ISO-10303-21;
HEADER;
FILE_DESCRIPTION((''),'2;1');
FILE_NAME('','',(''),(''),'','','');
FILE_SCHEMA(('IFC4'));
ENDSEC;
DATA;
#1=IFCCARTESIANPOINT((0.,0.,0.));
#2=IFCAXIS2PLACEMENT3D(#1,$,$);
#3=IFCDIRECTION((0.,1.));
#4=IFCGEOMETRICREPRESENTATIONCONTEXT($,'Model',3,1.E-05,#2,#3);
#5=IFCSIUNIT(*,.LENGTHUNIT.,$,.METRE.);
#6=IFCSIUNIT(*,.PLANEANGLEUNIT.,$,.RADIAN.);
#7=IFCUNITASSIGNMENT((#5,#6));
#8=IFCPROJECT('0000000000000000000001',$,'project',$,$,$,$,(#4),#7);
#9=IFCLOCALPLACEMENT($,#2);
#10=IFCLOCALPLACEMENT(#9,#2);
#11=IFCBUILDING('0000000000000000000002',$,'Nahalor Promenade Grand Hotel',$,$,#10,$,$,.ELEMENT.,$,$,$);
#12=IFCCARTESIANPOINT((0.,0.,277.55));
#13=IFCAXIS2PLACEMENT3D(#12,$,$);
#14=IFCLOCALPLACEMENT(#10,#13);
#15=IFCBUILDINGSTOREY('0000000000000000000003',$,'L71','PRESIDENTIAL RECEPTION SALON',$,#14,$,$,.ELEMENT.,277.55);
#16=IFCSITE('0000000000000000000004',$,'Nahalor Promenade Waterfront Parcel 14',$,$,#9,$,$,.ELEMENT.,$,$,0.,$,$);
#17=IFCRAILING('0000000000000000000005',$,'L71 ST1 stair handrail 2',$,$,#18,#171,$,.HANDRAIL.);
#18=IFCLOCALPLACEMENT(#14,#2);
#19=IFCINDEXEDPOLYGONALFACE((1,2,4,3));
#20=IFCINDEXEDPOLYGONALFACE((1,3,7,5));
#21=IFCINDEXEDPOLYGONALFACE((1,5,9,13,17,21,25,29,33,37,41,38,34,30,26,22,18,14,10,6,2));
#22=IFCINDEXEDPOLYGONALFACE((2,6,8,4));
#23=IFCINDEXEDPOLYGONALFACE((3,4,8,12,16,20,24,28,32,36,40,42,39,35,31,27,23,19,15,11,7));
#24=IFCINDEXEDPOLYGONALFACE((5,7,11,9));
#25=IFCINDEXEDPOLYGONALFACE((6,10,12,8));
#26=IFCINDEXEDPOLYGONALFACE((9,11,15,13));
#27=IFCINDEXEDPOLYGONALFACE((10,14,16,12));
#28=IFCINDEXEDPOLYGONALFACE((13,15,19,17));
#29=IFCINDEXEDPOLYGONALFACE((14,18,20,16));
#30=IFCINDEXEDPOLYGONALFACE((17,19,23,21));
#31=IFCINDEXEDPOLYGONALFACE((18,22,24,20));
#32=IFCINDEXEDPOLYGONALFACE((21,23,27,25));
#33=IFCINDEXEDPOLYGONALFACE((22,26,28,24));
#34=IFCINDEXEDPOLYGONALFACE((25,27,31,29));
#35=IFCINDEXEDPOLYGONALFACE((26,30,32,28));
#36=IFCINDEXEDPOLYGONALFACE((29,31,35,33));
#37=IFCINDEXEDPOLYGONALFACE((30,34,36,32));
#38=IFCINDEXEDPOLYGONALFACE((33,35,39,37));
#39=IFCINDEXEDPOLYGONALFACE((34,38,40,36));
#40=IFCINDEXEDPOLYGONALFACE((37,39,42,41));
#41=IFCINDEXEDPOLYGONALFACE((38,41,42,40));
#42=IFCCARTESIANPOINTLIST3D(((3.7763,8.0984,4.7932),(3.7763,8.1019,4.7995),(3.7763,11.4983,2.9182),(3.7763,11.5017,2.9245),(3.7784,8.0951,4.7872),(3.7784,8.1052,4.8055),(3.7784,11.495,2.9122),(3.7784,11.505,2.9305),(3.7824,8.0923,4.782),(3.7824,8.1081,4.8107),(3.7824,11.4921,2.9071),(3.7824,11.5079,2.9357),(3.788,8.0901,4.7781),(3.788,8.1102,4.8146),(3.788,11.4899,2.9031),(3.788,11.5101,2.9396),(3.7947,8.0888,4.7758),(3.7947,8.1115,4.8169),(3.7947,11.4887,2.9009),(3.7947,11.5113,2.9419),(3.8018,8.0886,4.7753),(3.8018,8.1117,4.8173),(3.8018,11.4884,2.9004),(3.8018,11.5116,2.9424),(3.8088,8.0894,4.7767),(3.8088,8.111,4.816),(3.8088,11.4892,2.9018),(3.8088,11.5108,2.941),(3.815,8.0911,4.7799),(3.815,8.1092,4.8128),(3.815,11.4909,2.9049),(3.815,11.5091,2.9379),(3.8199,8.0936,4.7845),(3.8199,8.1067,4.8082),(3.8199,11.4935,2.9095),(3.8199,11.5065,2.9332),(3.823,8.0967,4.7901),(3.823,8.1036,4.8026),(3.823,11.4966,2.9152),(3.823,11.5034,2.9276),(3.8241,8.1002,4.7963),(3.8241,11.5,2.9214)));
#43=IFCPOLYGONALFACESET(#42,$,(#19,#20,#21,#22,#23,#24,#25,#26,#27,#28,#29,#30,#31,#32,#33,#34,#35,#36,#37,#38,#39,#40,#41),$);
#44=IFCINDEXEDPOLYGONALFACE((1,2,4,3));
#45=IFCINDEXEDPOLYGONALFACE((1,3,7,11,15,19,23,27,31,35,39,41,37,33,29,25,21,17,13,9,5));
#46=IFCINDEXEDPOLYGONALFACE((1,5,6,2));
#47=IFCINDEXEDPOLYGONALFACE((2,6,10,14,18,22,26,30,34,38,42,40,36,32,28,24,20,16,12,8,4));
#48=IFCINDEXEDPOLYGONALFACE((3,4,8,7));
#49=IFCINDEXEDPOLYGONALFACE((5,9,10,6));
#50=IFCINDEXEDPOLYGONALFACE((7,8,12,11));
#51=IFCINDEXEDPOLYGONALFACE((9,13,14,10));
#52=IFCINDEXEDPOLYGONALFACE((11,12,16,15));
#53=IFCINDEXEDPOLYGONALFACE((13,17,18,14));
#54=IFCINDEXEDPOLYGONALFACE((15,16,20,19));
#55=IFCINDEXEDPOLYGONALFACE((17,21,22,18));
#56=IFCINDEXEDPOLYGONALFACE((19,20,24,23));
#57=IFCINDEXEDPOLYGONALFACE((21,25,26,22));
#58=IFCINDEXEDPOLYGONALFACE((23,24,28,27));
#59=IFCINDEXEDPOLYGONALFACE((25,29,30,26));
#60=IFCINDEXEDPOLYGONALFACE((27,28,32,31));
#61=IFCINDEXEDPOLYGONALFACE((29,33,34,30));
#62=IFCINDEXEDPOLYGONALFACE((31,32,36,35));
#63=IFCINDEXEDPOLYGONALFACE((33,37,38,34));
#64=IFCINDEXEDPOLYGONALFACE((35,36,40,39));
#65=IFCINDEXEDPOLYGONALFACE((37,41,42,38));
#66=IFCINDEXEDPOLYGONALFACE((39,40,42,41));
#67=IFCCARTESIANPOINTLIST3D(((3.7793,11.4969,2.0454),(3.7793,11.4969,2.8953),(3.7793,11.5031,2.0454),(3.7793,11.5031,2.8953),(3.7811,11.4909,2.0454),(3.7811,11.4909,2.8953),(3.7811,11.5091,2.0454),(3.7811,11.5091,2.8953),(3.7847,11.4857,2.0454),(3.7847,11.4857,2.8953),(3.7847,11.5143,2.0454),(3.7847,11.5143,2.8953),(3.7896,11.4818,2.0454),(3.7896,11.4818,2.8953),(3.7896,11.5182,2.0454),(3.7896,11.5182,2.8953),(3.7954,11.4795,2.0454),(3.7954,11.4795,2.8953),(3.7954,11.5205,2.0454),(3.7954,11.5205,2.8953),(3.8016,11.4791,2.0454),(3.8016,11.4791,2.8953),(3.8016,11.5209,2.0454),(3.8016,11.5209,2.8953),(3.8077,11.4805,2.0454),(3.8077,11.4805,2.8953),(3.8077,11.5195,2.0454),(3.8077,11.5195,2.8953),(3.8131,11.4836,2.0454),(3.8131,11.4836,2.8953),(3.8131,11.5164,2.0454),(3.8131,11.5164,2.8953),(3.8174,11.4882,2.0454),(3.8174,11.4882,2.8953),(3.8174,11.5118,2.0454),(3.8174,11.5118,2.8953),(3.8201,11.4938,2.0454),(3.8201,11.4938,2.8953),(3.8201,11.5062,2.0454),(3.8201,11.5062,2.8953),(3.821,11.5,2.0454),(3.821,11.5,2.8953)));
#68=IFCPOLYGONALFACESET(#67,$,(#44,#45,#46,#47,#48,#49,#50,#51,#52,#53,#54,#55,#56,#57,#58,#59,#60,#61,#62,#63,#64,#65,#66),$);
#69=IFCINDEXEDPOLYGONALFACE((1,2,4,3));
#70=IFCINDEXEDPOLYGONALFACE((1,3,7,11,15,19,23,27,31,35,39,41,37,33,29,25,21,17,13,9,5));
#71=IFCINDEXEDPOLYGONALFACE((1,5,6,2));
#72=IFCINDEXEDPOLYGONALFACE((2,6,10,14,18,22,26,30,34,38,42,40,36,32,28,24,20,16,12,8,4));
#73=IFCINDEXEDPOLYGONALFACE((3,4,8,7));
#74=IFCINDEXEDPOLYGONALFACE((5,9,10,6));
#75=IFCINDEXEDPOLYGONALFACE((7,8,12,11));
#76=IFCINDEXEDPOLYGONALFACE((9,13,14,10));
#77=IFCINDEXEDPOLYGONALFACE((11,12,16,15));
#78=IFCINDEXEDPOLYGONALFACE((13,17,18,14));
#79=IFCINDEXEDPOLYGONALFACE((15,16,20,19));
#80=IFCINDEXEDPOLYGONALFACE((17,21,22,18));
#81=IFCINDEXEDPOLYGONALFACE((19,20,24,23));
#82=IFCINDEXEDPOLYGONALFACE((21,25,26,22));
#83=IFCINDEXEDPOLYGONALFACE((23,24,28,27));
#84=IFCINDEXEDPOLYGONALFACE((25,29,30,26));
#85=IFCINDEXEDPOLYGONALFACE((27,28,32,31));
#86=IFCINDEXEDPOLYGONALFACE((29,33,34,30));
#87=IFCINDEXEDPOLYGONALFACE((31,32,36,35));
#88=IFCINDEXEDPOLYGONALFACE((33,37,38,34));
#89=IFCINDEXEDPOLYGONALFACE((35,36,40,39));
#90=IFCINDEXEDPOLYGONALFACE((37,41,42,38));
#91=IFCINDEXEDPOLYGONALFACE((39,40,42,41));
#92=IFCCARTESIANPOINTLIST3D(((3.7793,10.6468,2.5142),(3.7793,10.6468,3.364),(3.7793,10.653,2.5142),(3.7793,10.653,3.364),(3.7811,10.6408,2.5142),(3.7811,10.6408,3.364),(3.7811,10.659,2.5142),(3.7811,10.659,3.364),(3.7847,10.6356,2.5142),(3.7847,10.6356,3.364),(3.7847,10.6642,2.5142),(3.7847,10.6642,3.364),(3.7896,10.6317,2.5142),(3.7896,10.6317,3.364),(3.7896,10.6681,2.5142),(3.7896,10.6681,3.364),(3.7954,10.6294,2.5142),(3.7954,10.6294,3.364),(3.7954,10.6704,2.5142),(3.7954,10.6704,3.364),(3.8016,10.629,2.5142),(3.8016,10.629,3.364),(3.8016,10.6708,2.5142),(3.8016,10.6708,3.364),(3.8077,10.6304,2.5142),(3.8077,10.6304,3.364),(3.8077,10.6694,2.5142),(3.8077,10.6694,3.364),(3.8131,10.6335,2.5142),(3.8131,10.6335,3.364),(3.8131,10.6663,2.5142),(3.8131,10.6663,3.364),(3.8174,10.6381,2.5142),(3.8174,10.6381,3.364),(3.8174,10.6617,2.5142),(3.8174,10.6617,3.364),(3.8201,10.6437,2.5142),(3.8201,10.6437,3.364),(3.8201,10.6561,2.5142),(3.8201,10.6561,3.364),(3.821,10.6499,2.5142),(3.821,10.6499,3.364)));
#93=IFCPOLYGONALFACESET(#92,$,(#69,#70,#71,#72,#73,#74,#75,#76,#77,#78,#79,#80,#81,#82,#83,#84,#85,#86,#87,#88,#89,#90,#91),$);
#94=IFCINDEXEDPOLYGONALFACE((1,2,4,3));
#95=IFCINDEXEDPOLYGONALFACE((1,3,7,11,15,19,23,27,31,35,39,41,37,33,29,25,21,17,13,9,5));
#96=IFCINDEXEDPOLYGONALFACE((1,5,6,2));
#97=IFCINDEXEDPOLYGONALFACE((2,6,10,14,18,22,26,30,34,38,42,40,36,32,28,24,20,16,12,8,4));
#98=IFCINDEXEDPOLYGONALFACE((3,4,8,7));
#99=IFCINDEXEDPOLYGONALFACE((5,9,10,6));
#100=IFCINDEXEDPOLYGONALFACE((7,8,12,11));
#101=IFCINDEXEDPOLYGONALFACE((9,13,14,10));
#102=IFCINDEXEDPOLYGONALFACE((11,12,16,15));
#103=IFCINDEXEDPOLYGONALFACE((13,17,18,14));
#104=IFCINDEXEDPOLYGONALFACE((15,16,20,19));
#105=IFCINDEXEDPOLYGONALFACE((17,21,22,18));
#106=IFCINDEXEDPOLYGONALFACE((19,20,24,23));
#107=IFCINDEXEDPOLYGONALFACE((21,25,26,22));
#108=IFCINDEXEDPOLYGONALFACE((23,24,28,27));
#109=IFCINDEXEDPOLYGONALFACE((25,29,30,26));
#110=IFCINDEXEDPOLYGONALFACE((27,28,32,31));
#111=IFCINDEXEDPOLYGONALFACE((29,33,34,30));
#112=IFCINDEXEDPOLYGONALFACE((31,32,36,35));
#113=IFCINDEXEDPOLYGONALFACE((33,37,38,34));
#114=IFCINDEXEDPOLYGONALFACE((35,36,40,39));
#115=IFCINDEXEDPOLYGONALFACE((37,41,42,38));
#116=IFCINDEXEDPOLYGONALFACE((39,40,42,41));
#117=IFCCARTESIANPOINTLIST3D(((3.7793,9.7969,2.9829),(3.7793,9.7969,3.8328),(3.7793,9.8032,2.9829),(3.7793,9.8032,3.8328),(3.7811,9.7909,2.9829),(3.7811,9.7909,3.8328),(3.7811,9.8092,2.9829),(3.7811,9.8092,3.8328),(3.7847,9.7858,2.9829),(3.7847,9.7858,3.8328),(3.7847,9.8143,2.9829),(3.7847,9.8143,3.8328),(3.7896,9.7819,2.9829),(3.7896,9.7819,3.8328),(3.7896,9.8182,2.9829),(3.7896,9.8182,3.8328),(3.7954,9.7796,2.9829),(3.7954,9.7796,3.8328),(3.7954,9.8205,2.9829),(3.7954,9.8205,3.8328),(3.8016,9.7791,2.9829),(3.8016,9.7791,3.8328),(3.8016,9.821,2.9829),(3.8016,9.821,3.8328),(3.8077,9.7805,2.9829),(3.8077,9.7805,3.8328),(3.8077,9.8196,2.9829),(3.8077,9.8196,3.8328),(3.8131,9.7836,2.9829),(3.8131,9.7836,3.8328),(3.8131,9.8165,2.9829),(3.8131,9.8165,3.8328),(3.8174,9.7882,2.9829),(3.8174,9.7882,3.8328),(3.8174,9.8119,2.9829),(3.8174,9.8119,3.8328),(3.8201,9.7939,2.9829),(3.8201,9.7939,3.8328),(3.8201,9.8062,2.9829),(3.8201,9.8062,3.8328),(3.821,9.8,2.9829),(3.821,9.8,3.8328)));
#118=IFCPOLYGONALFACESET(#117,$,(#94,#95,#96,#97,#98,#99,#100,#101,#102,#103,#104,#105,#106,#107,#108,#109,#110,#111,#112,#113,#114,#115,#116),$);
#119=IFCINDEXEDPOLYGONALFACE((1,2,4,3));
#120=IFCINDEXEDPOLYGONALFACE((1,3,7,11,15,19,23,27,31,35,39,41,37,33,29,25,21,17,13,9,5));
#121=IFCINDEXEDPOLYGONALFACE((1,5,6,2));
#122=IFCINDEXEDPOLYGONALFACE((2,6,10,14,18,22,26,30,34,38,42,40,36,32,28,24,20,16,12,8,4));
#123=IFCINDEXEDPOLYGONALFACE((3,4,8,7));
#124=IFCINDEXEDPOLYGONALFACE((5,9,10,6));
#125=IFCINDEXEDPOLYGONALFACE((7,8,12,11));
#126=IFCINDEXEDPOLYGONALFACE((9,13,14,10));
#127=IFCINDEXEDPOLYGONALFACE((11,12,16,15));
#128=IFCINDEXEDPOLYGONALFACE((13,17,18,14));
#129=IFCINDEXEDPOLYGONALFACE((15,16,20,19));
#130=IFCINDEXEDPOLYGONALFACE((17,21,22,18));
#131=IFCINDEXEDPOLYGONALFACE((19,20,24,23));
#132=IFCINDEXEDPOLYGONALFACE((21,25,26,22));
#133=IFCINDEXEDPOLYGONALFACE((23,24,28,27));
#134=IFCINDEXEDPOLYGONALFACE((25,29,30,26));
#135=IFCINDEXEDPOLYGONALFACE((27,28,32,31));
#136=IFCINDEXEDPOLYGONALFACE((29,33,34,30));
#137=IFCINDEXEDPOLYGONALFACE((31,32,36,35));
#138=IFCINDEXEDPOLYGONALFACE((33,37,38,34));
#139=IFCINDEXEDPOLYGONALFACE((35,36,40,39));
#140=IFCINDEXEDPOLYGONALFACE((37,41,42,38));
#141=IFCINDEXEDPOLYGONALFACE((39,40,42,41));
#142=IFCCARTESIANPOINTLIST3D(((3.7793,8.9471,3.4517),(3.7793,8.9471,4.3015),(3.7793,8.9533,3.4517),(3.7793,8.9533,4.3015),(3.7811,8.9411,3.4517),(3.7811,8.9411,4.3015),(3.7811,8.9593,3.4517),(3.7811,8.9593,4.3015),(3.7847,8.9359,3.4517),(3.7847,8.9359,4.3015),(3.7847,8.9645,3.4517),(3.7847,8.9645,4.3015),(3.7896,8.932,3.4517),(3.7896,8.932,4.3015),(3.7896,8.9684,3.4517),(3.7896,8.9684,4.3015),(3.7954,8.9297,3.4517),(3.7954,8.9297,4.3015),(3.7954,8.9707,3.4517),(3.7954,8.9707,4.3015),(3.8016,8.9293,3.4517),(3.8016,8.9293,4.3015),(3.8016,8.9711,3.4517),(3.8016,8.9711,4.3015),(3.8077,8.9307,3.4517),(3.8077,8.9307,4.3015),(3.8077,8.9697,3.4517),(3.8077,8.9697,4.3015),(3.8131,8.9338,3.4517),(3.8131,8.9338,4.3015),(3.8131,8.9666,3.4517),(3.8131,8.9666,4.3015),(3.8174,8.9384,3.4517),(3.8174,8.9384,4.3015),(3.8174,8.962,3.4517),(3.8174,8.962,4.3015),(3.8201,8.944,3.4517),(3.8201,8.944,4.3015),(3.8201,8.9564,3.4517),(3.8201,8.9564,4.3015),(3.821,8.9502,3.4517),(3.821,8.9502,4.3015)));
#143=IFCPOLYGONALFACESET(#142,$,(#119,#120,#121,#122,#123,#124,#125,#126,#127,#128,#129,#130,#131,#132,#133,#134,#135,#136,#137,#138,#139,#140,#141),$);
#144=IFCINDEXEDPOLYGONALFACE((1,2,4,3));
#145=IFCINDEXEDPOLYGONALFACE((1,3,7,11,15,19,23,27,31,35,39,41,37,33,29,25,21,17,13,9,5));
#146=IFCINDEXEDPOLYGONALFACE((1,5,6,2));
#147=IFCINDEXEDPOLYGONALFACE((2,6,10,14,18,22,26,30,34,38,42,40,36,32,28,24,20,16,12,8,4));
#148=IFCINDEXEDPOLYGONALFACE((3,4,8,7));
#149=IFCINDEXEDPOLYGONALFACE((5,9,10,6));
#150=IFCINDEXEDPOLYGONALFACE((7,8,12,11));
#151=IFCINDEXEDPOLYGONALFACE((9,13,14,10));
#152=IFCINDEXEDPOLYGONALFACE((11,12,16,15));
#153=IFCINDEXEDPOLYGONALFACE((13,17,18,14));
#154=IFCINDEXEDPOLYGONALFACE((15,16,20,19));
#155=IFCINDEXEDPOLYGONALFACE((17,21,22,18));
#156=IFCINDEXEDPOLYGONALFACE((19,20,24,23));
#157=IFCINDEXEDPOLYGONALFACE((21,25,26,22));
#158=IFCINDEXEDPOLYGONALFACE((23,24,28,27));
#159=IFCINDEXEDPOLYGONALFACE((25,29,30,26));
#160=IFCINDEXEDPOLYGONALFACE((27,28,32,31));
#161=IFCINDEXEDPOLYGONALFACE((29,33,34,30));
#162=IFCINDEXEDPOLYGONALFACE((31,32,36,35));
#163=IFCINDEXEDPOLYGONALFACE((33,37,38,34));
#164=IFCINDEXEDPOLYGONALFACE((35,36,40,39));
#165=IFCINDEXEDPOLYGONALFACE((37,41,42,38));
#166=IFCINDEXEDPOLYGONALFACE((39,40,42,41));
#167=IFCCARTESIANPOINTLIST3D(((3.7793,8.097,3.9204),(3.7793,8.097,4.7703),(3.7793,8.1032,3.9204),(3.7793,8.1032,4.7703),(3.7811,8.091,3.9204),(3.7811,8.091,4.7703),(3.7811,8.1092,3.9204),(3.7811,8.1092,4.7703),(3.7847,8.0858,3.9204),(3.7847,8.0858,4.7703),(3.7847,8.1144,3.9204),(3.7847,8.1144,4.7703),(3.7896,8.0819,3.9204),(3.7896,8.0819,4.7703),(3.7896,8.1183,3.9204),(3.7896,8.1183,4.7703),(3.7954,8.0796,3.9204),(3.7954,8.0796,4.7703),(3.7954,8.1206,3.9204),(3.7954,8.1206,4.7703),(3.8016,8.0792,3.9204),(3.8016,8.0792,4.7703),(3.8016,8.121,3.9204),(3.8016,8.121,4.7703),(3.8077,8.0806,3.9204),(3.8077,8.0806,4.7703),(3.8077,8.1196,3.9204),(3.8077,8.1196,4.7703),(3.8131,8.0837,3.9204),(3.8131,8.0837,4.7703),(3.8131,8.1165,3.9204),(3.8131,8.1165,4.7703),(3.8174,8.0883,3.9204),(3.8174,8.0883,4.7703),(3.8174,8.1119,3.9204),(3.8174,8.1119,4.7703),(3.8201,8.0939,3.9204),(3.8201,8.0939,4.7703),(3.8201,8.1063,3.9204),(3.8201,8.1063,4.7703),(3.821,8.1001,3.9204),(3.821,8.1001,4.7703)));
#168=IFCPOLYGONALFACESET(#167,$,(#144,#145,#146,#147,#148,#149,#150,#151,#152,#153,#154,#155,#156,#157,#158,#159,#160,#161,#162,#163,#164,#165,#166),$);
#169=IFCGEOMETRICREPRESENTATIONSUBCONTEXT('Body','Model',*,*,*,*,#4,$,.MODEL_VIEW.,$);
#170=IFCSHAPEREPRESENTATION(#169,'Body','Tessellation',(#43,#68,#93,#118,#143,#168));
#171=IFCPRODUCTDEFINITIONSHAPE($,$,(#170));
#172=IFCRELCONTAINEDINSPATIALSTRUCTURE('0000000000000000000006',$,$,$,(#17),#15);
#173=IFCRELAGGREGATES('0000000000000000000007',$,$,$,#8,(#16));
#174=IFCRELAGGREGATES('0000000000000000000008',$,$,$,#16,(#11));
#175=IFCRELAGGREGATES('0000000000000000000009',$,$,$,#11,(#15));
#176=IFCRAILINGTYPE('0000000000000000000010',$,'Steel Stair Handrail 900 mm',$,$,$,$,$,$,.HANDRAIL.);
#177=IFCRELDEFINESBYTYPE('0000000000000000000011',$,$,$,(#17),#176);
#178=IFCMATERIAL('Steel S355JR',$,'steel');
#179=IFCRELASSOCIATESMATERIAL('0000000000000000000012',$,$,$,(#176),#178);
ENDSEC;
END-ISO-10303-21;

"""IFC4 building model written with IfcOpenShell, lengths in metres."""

from ifc_helpers import new_model, si_unit, direction, frame, origin, origin_2d, place, context, subcontext, project, spatial, circle, extrude, material, type_object, element, save


model = new_model("IFC4")

# Units and contexts
model_context = context("Model", 3, precision=1e-05, world=origin(), true_north=direction((0.0, 1.0)))
body_context = subcontext(model_context, "Body", "Model", "MODEL_VIEW")
ifc_project = project(units=[si_unit("LENGTHUNIT", "METRE"), si_unit("PLANEANGLEUNIT", "RADIAN")], contexts=[model_context])

# Site, building, storey
site_placement = place(None, origin())
site = spatial("IfcSite", under=ifc_project, at=site_placement, Name="Nahalor Promenade Waterfront Parcel 14", CompositionType="ELEMENT", RefElevation=0.0)
building_placement = place(site_placement, origin())
building = spatial("IfcBuilding", under=site, at=building_placement, Name="Nahalor Promenade Grand Hotel", CompositionType="ELEMENT")
storey_placement = place(building_placement, frame((0.0, 0.0, 277.55)))
storey = spatial("IfcBuildingStorey", under=building, at=storey_placement, Name="L71", Description="PRESIDENTIAL RECEPTION SALON", CompositionType="ELEMENT", Elevation=277.55)

# Shared definitions
ifc_material_1 = material(Name="Steel S355JR", Category="steel")

# Railing
railing_type_1 = type_object("IfcRailingType", Name="Steel Stair Handrail 900 mm", PredefinedType="HANDRAIL", material=ifc_material_1)
railing_1_placement = place(storey_placement, frame((3.8, 11.5, 2.0454)))
element("IfcRailing", 1, at=railing_1_placement, inside=storey, type_object=railing_type_1, Name="L71 ST1 stair handrail 2", PredefinedType="HANDRAIL", context=body_context, shape_type="SweptSolid", body=[
    extrude(circle(Radius=0.024, at=origin_2d()), frame((0.0, 0.0, 0.876), z_axis=(0.0, -0.875666, 0.482918), x_axis=(1.0, 0.0, 0.0)), (0.0, 0.0, 1.0), 3.8826),
    extrude(circle(Radius=0.021, at=origin_2d()), origin(), (0.0, 0.0, 1.0), 0.8499),
    extrude(circle(Radius=0.021, at=origin_2d()), frame((0.0, -0.8501, 0.4688)), (0.0, 0.0, 1.0), 0.8499),
    extrude(circle(Radius=0.021, at=origin_2d()), frame((0.0, -1.7, 0.9375)), (0.0, 0.0, 1.0), 0.8499),
    extrude(circle(Radius=0.021, at=origin_2d()), frame((0.0, -2.5498, 1.4062)), (0.0, 0.0, 1.0), 0.8499),
    extrude(circle(Radius=0.021, at=origin_2d()), frame((0.0, -3.3999, 1.875)), (0.0, 0.0, 1.0), 0.8499),
])

save(model, "model.ifc")
